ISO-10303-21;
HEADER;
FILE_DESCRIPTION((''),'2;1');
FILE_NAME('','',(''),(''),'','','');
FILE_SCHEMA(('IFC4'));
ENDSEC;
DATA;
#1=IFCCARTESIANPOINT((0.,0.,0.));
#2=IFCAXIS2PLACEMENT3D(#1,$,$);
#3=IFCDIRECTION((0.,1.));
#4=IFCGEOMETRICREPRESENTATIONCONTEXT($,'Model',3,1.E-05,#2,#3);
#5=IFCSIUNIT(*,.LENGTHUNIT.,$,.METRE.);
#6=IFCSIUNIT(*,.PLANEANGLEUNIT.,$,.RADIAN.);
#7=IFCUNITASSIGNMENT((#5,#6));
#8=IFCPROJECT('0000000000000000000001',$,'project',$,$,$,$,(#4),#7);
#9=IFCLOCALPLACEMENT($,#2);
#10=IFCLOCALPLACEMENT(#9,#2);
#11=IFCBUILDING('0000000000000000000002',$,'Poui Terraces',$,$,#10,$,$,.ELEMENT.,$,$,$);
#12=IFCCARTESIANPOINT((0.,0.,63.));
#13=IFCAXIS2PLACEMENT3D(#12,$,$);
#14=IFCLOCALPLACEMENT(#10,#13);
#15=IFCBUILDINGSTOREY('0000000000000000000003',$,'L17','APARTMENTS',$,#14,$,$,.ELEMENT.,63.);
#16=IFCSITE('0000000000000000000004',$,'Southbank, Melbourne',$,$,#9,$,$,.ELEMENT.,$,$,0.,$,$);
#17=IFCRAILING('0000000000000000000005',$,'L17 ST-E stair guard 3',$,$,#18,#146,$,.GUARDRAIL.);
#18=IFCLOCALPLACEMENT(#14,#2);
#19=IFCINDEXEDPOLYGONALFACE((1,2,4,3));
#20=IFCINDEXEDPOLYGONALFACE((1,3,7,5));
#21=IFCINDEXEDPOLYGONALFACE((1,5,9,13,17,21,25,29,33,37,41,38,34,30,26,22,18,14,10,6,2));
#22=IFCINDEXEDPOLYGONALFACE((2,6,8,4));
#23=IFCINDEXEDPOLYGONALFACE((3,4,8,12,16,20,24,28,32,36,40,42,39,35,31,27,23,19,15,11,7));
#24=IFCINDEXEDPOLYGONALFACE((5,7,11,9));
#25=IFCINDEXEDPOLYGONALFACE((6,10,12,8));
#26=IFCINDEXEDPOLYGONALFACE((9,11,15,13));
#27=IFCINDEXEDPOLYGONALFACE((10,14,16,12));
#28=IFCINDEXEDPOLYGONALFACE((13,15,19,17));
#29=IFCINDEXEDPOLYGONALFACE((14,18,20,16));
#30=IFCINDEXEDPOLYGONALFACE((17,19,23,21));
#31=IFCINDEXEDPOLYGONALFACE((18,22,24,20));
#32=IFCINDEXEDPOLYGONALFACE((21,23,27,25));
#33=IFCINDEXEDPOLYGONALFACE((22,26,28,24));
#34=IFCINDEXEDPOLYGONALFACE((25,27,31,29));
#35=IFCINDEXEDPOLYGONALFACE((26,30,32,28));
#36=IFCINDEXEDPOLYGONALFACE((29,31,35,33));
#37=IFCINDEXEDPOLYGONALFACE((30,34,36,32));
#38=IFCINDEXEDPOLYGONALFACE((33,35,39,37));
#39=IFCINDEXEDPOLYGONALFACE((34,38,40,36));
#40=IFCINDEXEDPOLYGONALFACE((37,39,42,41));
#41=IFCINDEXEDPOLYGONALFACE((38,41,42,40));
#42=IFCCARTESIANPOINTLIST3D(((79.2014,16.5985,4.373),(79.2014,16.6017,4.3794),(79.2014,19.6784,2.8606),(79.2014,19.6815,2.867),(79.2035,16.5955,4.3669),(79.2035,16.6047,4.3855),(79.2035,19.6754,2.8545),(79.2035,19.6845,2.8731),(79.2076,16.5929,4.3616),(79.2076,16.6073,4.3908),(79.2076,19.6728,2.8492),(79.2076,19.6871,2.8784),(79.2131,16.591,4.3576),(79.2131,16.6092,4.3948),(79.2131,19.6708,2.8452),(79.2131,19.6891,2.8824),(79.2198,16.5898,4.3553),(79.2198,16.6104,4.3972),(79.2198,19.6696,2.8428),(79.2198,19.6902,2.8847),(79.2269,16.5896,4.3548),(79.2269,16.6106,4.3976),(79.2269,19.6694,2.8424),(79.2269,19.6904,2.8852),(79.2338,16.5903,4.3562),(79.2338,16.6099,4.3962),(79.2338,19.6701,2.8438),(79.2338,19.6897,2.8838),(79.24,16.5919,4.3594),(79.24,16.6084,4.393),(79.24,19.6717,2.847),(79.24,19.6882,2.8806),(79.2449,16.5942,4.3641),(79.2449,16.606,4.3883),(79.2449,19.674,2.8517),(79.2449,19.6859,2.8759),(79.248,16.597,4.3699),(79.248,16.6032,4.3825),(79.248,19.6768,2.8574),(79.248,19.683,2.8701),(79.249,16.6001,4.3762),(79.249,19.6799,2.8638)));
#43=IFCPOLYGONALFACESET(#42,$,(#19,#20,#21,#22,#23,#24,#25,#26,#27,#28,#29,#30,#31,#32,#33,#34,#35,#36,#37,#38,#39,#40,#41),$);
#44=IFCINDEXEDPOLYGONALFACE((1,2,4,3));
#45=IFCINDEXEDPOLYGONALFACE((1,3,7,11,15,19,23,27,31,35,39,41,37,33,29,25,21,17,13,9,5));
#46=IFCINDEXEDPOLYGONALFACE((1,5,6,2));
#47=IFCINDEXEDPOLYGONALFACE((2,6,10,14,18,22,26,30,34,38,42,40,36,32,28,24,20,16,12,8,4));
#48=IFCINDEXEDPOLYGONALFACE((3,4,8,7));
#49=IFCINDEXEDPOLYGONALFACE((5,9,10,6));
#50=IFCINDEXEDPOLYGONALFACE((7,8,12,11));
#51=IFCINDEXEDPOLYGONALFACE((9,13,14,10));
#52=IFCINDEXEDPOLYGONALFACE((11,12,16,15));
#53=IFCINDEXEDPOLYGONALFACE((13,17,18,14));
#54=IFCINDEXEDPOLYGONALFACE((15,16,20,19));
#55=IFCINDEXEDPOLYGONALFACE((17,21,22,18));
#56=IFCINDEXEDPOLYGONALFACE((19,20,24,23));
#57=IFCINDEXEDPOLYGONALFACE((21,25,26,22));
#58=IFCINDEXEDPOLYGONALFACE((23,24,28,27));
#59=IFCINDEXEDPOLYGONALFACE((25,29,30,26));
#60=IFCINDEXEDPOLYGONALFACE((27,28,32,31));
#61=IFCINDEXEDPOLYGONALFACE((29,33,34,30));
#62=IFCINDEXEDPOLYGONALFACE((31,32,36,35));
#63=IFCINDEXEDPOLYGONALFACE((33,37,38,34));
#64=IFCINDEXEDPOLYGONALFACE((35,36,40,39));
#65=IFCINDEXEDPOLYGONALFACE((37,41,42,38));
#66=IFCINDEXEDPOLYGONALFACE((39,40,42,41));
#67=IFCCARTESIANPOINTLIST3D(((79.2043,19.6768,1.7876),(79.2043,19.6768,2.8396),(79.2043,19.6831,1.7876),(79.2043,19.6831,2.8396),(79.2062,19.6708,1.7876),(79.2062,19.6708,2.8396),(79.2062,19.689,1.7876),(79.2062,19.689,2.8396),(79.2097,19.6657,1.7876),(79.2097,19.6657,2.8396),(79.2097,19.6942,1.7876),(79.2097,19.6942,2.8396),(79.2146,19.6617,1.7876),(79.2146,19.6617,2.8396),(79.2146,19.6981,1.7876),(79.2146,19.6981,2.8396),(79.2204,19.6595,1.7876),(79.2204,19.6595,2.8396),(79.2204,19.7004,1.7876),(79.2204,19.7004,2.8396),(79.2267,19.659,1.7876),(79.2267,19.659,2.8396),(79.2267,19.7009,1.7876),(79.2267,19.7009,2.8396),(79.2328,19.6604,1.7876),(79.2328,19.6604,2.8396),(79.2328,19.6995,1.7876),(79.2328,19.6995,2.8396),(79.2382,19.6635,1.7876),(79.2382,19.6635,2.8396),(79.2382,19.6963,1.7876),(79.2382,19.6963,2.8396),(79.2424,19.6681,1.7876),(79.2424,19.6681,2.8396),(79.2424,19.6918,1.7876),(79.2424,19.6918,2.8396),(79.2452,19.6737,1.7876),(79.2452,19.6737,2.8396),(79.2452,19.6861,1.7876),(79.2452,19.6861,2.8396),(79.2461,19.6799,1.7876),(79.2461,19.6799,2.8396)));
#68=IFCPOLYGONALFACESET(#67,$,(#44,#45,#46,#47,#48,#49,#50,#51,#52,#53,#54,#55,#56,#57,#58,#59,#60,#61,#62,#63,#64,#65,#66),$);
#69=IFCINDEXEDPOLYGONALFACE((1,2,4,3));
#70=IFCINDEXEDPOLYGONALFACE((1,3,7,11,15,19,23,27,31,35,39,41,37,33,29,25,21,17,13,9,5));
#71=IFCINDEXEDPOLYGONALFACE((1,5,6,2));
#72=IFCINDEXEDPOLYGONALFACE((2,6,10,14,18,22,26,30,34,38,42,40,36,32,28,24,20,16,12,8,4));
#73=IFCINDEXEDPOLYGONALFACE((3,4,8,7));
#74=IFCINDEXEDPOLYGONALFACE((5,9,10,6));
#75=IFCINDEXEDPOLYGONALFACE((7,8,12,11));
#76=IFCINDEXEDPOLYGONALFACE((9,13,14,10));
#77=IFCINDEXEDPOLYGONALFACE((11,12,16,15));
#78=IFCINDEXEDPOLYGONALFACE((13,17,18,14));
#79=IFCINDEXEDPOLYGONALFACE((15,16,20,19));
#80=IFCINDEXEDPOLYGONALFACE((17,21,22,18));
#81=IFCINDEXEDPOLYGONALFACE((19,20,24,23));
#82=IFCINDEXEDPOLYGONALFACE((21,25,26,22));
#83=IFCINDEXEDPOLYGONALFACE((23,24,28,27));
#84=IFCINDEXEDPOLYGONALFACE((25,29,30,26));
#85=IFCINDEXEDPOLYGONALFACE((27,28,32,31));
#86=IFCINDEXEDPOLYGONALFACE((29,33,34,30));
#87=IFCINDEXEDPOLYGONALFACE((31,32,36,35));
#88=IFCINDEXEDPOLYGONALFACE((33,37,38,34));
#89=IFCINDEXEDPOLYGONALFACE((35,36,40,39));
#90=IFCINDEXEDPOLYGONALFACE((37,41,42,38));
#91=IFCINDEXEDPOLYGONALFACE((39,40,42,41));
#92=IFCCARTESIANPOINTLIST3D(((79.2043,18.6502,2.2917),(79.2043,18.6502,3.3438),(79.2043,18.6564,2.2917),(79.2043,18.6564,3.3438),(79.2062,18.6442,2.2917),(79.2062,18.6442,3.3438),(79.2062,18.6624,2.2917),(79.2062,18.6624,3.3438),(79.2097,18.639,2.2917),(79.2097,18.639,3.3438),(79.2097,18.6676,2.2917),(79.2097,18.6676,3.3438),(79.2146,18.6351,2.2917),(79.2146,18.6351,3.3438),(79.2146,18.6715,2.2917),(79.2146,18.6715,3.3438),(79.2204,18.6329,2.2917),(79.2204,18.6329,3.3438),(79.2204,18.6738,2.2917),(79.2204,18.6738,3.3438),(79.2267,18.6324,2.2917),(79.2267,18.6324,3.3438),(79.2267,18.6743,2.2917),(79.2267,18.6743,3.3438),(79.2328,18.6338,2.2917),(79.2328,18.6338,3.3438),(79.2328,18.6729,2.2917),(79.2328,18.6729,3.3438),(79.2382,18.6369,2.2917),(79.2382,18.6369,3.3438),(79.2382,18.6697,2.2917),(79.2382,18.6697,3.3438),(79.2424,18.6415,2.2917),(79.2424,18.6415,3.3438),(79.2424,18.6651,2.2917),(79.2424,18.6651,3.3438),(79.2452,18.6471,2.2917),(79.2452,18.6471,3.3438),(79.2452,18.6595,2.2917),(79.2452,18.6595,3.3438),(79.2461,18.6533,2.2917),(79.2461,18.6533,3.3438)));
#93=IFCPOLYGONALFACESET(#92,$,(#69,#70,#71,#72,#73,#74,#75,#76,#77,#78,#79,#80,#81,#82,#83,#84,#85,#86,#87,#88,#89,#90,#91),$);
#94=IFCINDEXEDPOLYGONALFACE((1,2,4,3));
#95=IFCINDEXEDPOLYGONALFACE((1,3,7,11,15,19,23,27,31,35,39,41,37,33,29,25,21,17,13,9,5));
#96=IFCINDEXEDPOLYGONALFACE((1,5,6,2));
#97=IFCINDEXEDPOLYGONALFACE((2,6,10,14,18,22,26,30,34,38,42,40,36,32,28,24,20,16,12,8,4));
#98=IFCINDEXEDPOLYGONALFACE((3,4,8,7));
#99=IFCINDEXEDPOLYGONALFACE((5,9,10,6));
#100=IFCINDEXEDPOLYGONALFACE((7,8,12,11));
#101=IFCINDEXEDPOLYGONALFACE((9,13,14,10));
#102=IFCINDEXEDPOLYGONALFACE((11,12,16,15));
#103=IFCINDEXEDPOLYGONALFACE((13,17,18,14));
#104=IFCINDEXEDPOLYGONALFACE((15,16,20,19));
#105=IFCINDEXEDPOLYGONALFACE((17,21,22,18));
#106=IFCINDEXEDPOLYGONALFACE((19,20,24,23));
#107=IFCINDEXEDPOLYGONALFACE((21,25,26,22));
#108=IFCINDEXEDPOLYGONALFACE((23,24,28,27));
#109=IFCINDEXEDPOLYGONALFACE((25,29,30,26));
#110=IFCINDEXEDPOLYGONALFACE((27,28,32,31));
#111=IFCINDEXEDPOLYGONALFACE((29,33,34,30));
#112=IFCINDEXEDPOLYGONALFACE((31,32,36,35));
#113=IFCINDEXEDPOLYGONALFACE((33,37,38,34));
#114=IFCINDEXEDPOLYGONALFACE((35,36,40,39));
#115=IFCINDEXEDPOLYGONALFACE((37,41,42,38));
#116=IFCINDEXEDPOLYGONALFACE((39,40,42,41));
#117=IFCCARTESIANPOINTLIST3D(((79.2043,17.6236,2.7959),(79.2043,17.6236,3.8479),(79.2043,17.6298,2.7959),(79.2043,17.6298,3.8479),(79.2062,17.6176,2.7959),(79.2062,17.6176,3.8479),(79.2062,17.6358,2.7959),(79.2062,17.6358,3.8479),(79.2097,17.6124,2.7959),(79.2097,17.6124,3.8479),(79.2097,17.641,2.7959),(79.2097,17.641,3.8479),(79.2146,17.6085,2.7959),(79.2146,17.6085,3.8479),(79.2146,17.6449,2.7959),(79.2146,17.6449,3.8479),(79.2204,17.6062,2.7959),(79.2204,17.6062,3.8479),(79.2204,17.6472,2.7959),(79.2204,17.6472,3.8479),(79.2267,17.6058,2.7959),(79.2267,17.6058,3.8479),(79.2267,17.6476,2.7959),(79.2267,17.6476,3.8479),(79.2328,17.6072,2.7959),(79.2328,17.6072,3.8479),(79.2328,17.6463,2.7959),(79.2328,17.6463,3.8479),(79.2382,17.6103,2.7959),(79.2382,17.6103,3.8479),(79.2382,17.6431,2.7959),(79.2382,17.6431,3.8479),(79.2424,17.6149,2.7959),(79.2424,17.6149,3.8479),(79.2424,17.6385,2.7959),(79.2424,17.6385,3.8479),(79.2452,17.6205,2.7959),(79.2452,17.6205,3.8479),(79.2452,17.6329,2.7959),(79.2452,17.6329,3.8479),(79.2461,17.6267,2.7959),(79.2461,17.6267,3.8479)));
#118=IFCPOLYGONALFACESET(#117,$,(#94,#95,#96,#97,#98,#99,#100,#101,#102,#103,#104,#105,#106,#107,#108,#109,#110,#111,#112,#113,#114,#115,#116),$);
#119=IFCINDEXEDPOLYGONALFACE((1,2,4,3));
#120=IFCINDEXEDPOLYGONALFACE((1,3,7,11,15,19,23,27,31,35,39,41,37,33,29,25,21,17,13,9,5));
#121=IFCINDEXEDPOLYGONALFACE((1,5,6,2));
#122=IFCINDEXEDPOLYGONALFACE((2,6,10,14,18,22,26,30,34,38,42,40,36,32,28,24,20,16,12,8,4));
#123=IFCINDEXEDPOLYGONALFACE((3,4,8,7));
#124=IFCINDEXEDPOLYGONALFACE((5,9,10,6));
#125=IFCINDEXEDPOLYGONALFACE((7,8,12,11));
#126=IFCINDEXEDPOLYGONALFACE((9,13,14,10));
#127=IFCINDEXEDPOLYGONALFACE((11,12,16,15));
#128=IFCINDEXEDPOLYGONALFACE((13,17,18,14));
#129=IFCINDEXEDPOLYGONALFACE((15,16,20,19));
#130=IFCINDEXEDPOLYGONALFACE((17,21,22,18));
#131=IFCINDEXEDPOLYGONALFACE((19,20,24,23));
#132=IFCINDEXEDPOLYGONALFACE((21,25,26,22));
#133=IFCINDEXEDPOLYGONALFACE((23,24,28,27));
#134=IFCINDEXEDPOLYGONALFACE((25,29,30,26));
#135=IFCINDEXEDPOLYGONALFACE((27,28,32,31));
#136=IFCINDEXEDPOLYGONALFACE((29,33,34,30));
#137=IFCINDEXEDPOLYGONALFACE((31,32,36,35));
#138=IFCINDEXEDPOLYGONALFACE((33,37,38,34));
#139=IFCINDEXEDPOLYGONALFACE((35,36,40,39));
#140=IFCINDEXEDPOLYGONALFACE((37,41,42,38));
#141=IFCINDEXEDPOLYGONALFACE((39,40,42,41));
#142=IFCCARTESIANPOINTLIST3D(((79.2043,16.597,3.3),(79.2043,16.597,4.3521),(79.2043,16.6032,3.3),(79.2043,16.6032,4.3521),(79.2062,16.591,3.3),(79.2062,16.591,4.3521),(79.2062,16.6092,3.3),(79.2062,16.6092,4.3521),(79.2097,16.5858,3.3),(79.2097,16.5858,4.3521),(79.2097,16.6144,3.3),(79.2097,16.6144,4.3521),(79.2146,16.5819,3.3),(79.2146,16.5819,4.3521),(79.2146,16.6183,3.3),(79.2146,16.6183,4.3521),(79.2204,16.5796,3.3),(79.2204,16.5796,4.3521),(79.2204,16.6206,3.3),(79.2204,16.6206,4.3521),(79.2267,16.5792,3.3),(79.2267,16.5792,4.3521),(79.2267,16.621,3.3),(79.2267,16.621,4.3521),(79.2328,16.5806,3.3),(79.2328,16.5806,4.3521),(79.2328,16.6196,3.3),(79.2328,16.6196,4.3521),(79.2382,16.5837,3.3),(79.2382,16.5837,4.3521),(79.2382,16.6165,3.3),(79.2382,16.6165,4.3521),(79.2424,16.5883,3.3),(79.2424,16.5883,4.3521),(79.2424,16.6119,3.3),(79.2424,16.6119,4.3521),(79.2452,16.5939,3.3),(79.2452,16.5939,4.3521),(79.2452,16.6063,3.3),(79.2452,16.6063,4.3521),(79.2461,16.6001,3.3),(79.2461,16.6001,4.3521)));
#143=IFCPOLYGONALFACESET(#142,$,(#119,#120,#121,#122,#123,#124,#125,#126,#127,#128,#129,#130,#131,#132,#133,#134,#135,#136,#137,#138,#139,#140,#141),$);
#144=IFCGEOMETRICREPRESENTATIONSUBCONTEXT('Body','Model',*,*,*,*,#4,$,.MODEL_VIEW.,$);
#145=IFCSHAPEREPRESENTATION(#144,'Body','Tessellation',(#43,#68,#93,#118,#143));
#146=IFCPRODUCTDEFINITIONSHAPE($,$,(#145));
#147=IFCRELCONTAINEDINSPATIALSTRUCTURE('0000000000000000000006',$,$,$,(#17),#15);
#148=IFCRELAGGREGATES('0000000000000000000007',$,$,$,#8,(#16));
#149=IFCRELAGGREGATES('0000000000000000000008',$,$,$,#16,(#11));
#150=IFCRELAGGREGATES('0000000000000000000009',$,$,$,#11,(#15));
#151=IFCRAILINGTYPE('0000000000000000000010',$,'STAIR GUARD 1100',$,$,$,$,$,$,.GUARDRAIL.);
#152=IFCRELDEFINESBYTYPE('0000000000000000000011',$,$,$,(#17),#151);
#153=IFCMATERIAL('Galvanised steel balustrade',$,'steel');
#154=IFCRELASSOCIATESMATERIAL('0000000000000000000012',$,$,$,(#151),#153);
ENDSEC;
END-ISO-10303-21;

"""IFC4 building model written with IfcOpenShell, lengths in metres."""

from ifc_helpers import new_model, si_unit, direction, frame, origin, origin_2d, place, context, subcontext, project, spatial, circle, extrude, material, type_object, element, save


model = new_model("IFC4")

# Units and contexts
model_context = context("Model", 3, precision=1e-05, world=origin(), true_north=direction((0.0, 1.0)))
body_context = subcontext(model_context, "Body", "Model", "MODEL_VIEW")
ifc_project = project(units=[si_unit("LENGTHUNIT", "METRE"), si_unit("PLANEANGLEUNIT", "RADIAN")], contexts=[model_context])

# Site, building, storey
site_placement = place(None, origin())
site = spatial("IfcSite", under=ifc_project, at=site_placement, Name="Southbank, Melbourne", CompositionType="ELEMENT", RefElevation=0.0)
building_placement = place(site_placement, origin())
building = spatial("IfcBuilding", under=site, at=building_placement, Name="Poui Terraces", CompositionType="ELEMENT")
storey_placement = place(building_placement, frame((0.0, 0.0, 63.0)))
storey = spatial("IfcBuildingStorey", under=building, at=storey_placement, Name="L17", Description="APARTMENTS", CompositionType="ELEMENT", Elevation=63.0)

# Railing
ifc_material_1 = material(Name="Galvanised steel balustrade", Category="steel")
railing_type_1 = type_object("IfcRailingType", Name="STAIR GUARD 1100", PredefinedType="GUARDRAIL", material=ifc_material_1)
railing_1_placement = place(storey_placement, frame((79.2251, 19.6799, 1.7876)))
element("IfcRailing", 1, at=railing_1_placement, inside=storey, type_object=railing_type_1, Name="L17 ST-E stair guard 3", PredefinedType="GUARDRAIL", context=body_context, shape_type="SweptSolid", body=[
    extrude(circle(Radius=0.0239, at=origin_2d()), frame((0.0, 0.0, 1.0762), z_axis=(0.0, -0.897606, 0.440798), x_axis=(1.0, 0.0, 0.0)), (0.0, 0.0, 1.0), 3.4312),
    extrude(circle(Radius=0.021, at=origin_2d()), origin(), (0.0, 0.0, 1.0), 1.052),
    extrude(circle(Radius=0.021, at=origin_2d()), frame((0.0, -1.0266, 0.5042)), (0.0, 0.0, 1.0), 1.052),
    extrude(circle(Radius=0.021, at=origin_2d()), frame((0.0, -2.0532, 1.0083)), (0.0, 0.0, 1.0), 1.052),
    extrude(circle(Radius=0.021, at=origin_2d()), frame((0.0, -3.0798, 1.5125)), (0.0, 0.0, 1.0), 1.052),
])

save(model, "model.ifc")
